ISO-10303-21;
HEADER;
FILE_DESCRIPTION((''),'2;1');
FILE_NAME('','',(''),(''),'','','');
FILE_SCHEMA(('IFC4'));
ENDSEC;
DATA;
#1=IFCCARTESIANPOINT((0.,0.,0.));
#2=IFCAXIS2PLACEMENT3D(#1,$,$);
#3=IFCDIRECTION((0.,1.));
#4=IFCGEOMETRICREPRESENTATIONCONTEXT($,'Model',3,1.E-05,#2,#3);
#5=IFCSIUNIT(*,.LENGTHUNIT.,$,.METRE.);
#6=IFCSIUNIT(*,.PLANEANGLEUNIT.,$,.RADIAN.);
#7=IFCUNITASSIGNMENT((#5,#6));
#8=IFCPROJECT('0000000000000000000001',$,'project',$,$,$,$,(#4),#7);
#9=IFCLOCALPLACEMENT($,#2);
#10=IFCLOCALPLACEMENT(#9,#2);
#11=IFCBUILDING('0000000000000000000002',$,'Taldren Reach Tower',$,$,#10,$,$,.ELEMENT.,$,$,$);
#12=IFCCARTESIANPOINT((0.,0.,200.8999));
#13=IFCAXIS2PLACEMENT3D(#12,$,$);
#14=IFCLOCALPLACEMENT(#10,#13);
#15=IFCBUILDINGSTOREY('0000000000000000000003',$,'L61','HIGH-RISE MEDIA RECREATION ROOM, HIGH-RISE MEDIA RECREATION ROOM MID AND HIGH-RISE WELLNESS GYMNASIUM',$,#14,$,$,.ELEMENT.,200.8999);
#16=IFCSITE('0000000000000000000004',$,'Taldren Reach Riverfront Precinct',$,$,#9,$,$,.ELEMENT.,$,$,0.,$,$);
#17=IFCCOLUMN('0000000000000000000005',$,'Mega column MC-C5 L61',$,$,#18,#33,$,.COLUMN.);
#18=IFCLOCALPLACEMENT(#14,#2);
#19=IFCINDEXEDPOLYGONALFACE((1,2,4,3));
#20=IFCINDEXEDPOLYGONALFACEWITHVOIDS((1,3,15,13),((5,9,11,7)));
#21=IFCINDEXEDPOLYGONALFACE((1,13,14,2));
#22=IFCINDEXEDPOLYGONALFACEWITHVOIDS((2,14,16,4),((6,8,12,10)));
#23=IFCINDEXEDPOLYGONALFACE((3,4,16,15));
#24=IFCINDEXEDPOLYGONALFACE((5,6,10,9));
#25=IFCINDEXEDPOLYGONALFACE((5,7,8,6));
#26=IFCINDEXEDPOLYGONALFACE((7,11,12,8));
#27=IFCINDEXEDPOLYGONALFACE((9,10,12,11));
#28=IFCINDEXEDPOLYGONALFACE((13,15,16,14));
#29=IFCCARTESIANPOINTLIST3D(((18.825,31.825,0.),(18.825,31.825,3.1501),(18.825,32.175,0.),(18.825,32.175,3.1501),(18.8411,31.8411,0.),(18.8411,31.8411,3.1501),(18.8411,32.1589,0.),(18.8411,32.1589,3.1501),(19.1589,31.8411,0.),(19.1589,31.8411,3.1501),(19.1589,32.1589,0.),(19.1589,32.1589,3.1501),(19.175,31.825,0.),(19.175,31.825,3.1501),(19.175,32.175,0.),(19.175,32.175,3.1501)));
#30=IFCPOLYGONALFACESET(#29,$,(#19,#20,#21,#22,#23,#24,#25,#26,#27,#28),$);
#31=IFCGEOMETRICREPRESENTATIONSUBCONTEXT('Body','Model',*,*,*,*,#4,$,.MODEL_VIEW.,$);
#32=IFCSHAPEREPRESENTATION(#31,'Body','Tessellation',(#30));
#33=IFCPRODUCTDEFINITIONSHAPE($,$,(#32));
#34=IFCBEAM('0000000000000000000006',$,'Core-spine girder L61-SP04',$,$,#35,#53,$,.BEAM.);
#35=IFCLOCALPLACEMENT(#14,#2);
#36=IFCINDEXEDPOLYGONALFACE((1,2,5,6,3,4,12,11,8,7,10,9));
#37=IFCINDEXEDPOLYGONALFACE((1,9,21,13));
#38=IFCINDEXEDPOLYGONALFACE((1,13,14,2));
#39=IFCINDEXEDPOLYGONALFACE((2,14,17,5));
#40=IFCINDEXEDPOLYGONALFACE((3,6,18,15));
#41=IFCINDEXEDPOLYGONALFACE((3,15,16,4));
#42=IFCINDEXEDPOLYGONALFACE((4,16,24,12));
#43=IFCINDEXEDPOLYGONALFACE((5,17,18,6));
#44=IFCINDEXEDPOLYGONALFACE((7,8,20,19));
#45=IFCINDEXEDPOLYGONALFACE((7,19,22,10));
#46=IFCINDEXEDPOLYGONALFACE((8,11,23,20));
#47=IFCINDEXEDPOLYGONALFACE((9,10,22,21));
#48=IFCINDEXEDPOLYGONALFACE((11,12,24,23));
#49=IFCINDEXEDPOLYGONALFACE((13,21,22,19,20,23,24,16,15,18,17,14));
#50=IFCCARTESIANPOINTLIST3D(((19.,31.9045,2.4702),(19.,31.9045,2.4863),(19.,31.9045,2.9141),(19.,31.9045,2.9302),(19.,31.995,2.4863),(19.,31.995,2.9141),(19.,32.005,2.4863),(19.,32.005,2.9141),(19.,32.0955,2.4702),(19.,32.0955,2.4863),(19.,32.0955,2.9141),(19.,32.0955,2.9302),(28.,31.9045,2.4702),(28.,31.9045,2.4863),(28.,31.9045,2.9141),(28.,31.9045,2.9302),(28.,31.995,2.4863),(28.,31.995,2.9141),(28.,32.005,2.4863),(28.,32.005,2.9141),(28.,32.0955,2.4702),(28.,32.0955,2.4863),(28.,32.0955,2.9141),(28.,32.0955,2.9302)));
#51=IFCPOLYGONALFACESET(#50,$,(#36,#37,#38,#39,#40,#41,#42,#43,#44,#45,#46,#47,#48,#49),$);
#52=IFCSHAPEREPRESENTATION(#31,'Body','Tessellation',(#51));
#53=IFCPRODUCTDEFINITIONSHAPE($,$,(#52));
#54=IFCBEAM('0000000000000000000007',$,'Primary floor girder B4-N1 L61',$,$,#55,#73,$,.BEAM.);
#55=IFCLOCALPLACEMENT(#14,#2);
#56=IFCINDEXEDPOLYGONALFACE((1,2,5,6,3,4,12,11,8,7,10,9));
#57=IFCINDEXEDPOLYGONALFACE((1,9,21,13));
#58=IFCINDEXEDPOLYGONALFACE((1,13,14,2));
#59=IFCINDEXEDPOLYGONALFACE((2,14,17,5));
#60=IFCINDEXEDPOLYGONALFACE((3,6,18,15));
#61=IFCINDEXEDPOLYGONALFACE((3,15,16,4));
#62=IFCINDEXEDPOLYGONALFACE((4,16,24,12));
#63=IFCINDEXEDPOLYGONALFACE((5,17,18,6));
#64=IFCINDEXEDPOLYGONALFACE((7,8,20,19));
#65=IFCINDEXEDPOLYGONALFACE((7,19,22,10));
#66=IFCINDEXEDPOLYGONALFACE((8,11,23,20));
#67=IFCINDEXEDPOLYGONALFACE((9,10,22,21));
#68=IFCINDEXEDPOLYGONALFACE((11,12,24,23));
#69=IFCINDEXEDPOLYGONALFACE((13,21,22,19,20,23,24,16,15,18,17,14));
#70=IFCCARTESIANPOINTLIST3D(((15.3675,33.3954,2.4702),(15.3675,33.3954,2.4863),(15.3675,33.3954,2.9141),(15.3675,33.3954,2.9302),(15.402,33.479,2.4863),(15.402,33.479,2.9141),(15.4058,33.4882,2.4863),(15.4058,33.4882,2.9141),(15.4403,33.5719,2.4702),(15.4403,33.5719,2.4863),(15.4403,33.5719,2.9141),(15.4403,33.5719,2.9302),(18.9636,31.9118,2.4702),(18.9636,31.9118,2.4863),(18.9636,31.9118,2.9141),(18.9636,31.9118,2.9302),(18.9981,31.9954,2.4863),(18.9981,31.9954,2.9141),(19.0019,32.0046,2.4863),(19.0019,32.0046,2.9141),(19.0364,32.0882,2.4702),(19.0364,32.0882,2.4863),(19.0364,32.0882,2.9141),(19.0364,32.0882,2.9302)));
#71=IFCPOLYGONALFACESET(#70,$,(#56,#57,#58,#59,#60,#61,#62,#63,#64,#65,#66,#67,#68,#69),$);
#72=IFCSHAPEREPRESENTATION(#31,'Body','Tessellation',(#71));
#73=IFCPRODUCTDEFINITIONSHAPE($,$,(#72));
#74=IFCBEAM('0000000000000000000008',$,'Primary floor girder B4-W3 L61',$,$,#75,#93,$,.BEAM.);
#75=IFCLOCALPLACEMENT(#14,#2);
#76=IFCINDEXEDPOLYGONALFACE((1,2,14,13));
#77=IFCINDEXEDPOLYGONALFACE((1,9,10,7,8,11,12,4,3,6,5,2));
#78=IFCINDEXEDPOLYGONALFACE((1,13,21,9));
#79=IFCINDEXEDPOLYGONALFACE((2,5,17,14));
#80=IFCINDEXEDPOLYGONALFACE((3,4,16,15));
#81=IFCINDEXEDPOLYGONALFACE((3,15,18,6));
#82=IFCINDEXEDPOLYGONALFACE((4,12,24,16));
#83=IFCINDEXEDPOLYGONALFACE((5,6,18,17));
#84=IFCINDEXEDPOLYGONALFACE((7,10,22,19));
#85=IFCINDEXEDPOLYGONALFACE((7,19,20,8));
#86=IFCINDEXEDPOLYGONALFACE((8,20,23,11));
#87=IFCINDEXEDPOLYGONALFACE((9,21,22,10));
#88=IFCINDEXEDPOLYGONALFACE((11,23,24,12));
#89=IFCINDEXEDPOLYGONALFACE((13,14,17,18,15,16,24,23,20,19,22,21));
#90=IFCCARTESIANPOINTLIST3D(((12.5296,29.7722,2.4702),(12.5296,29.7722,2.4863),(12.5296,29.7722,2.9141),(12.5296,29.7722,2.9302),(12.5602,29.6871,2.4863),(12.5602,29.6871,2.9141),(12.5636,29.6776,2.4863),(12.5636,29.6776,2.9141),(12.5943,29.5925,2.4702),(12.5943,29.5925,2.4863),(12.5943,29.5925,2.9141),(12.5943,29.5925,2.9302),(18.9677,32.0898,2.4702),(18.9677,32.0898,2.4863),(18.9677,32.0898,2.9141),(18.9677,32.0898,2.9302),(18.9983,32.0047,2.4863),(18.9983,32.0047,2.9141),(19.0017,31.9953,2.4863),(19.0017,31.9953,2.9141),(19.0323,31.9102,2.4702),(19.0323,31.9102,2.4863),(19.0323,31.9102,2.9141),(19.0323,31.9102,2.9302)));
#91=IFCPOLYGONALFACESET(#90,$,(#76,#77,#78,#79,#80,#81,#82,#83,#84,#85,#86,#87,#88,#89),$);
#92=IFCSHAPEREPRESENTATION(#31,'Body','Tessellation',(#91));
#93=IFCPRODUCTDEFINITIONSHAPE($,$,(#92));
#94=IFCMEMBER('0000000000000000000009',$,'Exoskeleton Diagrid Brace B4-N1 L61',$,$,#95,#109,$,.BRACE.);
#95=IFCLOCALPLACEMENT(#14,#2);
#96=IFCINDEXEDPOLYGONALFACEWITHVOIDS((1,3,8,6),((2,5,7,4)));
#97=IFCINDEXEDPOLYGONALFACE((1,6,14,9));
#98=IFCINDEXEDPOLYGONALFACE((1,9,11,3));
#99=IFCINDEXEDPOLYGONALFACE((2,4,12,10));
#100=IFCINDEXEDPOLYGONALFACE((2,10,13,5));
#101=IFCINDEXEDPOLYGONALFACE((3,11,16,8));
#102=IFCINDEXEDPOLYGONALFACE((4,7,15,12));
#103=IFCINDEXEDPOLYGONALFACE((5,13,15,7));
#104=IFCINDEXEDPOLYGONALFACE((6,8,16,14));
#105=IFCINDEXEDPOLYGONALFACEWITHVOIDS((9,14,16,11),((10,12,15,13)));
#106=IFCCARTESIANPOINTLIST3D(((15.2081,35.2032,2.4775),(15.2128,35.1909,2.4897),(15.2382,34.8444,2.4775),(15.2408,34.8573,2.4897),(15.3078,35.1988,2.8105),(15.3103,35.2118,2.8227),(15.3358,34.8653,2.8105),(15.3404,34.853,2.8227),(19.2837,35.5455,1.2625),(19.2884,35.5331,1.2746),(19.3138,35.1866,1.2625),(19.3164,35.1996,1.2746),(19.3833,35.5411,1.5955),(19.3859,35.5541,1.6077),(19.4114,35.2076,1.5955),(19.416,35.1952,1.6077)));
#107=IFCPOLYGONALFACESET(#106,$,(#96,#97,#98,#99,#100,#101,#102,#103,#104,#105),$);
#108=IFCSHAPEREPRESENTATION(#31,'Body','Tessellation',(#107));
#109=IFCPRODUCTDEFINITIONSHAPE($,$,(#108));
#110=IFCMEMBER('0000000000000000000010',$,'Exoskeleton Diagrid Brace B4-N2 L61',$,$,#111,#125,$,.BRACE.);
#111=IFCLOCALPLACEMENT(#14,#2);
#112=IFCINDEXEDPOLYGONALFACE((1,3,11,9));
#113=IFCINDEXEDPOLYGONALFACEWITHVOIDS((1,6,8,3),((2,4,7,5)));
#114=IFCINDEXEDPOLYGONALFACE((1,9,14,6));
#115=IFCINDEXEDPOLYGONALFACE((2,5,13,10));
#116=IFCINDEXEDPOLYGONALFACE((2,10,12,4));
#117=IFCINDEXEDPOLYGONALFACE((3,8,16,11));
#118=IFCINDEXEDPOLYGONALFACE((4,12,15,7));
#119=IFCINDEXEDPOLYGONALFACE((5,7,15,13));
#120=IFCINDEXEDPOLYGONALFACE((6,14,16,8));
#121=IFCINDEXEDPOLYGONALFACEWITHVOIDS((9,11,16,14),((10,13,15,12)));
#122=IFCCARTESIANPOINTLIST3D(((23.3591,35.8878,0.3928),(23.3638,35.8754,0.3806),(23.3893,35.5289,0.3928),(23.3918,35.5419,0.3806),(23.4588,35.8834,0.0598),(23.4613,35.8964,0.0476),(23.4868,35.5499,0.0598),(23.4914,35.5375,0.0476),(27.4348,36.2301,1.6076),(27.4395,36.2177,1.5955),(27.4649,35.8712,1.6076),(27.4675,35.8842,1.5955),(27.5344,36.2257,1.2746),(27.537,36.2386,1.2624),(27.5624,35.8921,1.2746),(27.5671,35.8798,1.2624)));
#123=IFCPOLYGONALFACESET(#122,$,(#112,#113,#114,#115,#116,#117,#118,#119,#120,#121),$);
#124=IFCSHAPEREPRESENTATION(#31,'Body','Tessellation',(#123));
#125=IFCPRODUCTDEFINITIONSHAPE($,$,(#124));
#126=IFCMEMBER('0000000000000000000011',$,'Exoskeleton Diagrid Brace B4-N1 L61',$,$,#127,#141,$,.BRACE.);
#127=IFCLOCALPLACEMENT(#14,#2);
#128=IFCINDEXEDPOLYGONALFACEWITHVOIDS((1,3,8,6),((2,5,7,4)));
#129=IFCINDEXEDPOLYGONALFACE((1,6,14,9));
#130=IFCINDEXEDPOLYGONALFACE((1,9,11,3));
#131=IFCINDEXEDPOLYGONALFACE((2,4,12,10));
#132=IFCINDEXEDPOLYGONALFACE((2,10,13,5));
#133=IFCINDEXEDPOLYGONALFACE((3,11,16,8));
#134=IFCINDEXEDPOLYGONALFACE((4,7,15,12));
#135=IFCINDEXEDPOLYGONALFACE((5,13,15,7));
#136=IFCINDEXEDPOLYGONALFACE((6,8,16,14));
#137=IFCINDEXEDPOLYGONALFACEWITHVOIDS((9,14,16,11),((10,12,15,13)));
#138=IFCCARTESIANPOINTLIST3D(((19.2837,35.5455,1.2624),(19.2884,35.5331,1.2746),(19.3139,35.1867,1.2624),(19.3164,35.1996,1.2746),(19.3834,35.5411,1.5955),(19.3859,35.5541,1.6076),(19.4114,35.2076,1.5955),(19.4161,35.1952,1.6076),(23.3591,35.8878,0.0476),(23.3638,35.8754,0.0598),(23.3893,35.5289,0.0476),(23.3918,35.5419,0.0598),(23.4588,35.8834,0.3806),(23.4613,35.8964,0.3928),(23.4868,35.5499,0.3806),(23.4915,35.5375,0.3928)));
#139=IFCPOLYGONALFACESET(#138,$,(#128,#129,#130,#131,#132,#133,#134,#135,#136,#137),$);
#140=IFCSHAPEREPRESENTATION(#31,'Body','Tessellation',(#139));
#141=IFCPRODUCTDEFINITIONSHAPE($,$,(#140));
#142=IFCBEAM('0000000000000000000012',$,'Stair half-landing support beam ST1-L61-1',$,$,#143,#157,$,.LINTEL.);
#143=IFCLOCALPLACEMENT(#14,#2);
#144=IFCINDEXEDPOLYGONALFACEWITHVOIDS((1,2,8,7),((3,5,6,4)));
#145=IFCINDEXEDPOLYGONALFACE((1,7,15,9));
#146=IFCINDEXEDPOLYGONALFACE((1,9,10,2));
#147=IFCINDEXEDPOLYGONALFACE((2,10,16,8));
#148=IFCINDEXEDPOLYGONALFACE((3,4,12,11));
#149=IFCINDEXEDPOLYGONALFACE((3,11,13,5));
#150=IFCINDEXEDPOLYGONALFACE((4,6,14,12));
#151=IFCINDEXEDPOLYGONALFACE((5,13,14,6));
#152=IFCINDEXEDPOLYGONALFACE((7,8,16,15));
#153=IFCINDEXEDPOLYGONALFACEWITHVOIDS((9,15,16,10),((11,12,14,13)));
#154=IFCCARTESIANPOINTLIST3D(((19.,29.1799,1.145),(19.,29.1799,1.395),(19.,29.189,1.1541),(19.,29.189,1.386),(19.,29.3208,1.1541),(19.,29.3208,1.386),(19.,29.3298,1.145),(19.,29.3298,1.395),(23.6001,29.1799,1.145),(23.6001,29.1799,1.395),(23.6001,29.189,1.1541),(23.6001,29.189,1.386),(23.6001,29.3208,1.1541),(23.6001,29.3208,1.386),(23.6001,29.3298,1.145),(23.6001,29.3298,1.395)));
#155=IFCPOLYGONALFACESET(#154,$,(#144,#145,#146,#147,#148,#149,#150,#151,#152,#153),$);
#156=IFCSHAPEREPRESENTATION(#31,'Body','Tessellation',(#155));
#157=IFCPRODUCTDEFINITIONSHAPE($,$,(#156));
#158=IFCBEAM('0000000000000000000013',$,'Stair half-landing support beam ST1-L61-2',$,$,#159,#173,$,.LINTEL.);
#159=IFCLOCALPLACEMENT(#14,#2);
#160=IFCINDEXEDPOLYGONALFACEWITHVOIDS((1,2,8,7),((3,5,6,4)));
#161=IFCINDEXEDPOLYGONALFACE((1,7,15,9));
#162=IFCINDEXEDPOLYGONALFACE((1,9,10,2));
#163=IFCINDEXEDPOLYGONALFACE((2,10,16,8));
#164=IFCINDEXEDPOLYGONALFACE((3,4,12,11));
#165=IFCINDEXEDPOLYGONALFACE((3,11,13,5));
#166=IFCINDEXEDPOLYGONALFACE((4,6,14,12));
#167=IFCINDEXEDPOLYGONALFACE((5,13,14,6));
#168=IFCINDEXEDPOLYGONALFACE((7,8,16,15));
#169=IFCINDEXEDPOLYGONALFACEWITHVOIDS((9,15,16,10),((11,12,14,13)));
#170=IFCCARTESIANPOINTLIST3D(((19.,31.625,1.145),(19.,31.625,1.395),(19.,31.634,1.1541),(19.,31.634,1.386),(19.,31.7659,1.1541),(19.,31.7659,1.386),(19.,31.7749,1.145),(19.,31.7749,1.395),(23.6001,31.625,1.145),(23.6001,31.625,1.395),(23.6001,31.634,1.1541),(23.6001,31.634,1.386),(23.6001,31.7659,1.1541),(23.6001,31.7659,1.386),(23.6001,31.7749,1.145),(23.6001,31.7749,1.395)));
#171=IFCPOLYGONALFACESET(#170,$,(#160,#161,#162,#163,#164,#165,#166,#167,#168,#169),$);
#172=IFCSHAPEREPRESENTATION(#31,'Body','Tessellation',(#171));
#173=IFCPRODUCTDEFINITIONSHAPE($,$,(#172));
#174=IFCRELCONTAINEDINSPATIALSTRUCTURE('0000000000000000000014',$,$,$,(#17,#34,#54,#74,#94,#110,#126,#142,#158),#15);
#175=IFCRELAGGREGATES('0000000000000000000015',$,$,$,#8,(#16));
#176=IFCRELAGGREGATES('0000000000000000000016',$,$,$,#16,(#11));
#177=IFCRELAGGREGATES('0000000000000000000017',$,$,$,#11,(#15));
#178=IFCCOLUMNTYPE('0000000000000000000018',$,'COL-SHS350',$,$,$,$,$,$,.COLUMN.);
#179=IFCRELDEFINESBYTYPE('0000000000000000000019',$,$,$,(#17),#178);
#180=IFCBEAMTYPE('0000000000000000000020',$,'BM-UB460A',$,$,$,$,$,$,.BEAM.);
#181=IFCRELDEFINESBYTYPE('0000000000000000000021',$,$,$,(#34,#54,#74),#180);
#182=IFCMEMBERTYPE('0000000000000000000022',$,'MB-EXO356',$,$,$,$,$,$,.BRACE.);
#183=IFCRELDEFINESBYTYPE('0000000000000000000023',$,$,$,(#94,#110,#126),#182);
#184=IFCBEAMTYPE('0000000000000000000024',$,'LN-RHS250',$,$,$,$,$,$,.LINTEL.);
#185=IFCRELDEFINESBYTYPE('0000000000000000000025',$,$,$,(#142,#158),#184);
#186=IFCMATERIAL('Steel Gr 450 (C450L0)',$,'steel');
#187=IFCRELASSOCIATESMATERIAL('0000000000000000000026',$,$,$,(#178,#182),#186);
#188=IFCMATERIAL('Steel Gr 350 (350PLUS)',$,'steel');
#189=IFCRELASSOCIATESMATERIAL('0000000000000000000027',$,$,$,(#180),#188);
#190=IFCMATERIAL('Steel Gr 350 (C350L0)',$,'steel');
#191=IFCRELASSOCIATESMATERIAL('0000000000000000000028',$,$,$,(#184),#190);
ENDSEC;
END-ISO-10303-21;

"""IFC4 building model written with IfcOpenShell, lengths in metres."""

from ifc_helpers import new_model, si_unit, direction, frame, origin, origin_2d, place, context, subcontext, project, spatial, hollow_rectangle, i_section, extrude, source, transform, mapped, material, material_profile, profile_set, type_object, element, save


model = new_model("IFC4")

# Units and contexts
model_context = context("Model", 3, precision=1e-05, world=origin(), true_north=direction((0.0, 1.0)))
body_context = subcontext(model_context, "Body", "Model", "MODEL_VIEW")
ifc_project = project(units=[si_unit("LENGTHUNIT", "METRE"), si_unit("PLANEANGLEUNIT", "RADIAN")], contexts=[model_context])

# Site, building, storey
site_placement = place(None, origin())
site = spatial("IfcSite", under=ifc_project, at=site_placement, Name="Taldren Reach Riverfront Precinct", CompositionType="ELEMENT", RefElevation=0.0)
building_placement = place(site_placement, origin())
building = spatial("IfcBuilding", under=site, at=building_placement, Name="Taldren Reach Tower", CompositionType="ELEMENT")
storey_placement = place(building_placement, frame((0.0, 0.0, 200.8999)))
storey = spatial("IfcBuildingStorey", under=building, at=storey_placement, Name="L61", Description="HIGH-RISE MEDIA RECREATION ROOM, HIGH-RISE MEDIA RECREATION ROOM MID AND HIGH-RISE WELLNESS GYMNASIUM", CompositionType="ELEMENT", Elevation=200.8999)

# Column
ifc_material_1 = material(Name="Steel Gr 450 (C450L0)", Category="steel")
ifc_material_profile_1 = material_profile(ifc_material_1, hollow_rectangle(XDim=0.3501, YDim=0.3501, WallThickness=0.0161, at=origin_2d()), Name="350x350x16.0SHS")
ifc_profile_set_1 = profile_set([ifc_material_profile_1], Name="Steel Gr 450 (C450L0)")
column_type = type_object("IfcColumnType", Name="COL-SHS350", PredefinedType="COLUMN", material=ifc_profile_set_1)
shared_shape_1 = source(origin(), body_context, "Body", "SweptSolid", [
    extrude(hollow_rectangle(XDim=0.3501, YDim=0.3501, WallThickness=0.0161, at=origin_2d()), origin(), (0.0, 0.0, 1.0), 3.1501),
])
column_placement = place(storey_placement, frame((19.0, 32.0, 0.0), z_axis=(0.0, 0.0, 1.0), x_axis=(1.0, 0.0, 0.0)))
element("IfcColumn", 1, at=column_placement, inside=storey, type_object=column_type, Name="Mega column MC-C5 L61", PredefinedType="COLUMN", context=body_context, shape_type="MappedRepresentation", body=[
    mapped(shared_shape_1, transform((0.0, 0.0, 0.0), scale=1.0)),
])

# Beams
ifc_material_2 = material(Name="Steel Gr 350 (350PLUS)", Category="steel")
ifc_material_profile_2 = material_profile(ifc_material_2, i_section(OverallWidth=0.1909, OverallDepth=0.46, WebThickness=0.01, FlangeThickness=0.0161, at=origin_2d()), Name="460UB82.1")
ifc_profile_set_2 = profile_set([ifc_material_profile_2], Name="Steel Gr 350 (350PLUS)")
beam_type_1 = type_object("IfcBeamType", Name="BM-UB460A", PredefinedType="BEAM", material=ifc_profile_set_2)
shared_shape_2 = source(origin(), body_context, "Body", "SweptSolid", [
    extrude(i_section(OverallWidth=0.1909, OverallDepth=0.46, WebThickness=0.01, FlangeThickness=0.0161, at=origin_2d()), origin(), (0.0, 0.0, 1.0), 9.0),
])
beam_1_placement = place(storey_placement, frame((19.0, 32.0, 2.7002), z_axis=(1.0, 0.0, 0.0), x_axis=(0.0, 1.0, 0.0)))
element("IfcBeam", 2, at=beam_1_placement, inside=storey, type_object=beam_type_1, Name="Core-spine girder L61-SP04", PredefinedType="BEAM", context=body_context, shape_type="MappedRepresentation", body=[
    mapped(shared_shape_2, transform((0.0, 0.0, 0.0), scale=1.0)),
])
shared_shape_3 = source(origin(), body_context, "Body", "SweptSolid", [
    extrude(i_section(OverallWidth=0.1909, OverallDepth=0.46, WebThickness=0.01, FlangeThickness=0.0161, at=origin_2d()), origin(), (0.0, 0.0, 1.0), 3.8901),
])
beam_2_placement = place(storey_placement, frame((19.0, 32.0, 2.7002), z_axis=(-0.924419, 0.381378, 0.0), x_axis=(-0.381378, -0.924419, 0.0)))
element("IfcBeam", 3, at=beam_2_placement, inside=storey, type_object=beam_type_1, Name="Primary floor girder B4-N1 L61", PredefinedType="BEAM", context=body_context, shape_type="MappedRepresentation", body=[
    mapped(shared_shape_3, transform((0.0, 0.0, 0.0), scale=1.0)),
])
shared_shape_4 = source(origin(), body_context, "Body", "SweptSolid", [
    extrude(i_section(OverallWidth=0.1909, OverallDepth=0.46, WebThickness=0.01, FlangeThickness=0.0161, at=origin_2d()), origin(), (0.0, 0.0, 1.0), 6.8425),
])
beam_3_placement = place(storey_placement, frame((19.0, 32.0, 2.7002), z_axis=(-0.94089, -0.338713, 0.0), x_axis=(0.338713, -0.94089, 0.0)))
element("IfcBeam", 4, at=beam_3_placement, inside=storey, type_object=beam_type_1, Name="Primary floor girder B4-W3 L61", PredefinedType="BEAM", context=body_context, shape_type="MappedRepresentation", body=[
    mapped(shared_shape_4, transform((0.0, 0.0, 0.0), scale=1.0)),
])

# Members
ifc_material_profile_3 = material_profile(ifc_material_1, hollow_rectangle(XDim=0.3601, YDim=0.3601, WallThickness=0.0127, at=origin_2d()), Name="360x360x12.7SHS")
ifc_profile_set_3 = profile_set([ifc_material_profile_3], Name="Steel Gr 450 (C450L0)")
member_type = type_object("IfcMemberType", Name="MB-EXO356", PredefinedType="BRACE", material=ifc_profile_set_3)
shared_shape_5 = source(origin(), body_context, "Body", "SweptSolid", [
    extrude(hollow_rectangle(XDim=0.3601, YDim=0.3601, WallThickness=0.0127, at=origin_2d()), origin(), (0.0, 0.0, 1.0), 4.2666),
])
for number, where, z_axis, x_axis, name in (
    (5, (19.3499, 35.3704, 1.4351), (-0.955229, -0.080222, 0.284783), (0.083688, -0.996492, 0.0), "Exoskeleton Diagrid Brace B4-N1 L61"),
    (6, (23.4253, 35.7126, 0.2202), (0.955245, 0.080224, 0.284731), (-0.083688, 0.996492, 0.0), "Exoskeleton Diagrid Brace B4-N2 L61"),
):
    element("IfcMember", number, at=place(storey_placement, frame(where, z_axis=z_axis, x_axis=x_axis)), inside=storey, type_object=member_type, Name=name, PredefinedType="BRACE", context=body_context, shape_type="MappedRepresentation", body=[
        mapped(shared_shape_5, transform((0.0, 0.0, 0.0), scale=1.0)),
    ])
shared_shape_6 = source(origin(), body_context, "Body", "SweptSolid", [
    extrude(hollow_rectangle(XDim=0.3601, YDim=0.3601, WallThickness=0.0127, at=origin_2d()), origin(), (0.0, 0.0, 1.0), 4.2664),
])
member_placement = place(storey_placement, frame((23.4253, 35.7126, 0.2202), z_axis=(-0.95524, -0.080228, 0.284746), x_axis=(0.083693, -0.996492, 0.0)))
element("IfcMember", 7, at=member_placement, inside=storey, type_object=member_type, Name="Exoskeleton Diagrid Brace B4-N1 L61", PredefinedType="BRACE", context=body_context, shape_type="MappedRepresentation", body=[
    mapped(shared_shape_6, transform((0.0, 0.0, 0.0), scale=1.0)),
])

# Beams
ifc_material_3 = material(Name="Steel Gr 350 (C350L0)", Category="steel")
ifc_material_profile_4 = material_profile(ifc_material_3, hollow_rectangle(XDim=0.1499, YDim=0.25, WallThickness=0.009, at=origin_2d()), Name="250x150x9.0RHS")
ifc_profile_set_4 = profile_set([ifc_material_profile_4], Name="Steel Gr 350 (C350L0)")
beam_type_2 = type_object("IfcBeamType", Name="LN-RHS250", PredefinedType="LINTEL", material=ifc_profile_set_4)
shared_shape_7 = source(origin(), body_context, "Body", "SweptSolid", [
    extrude(hollow_rectangle(XDim=0.1499, YDim=0.25, WallThickness=0.009, at=origin_2d()), origin(), (0.0, 0.0, 1.0), 4.6001),
])
for number, where, z_axis, x_axis, name in (
    (8, (19.0, 29.2549, 1.27), (1.0, 0.0, 0.0), (0.0, 1.0, 0.0), "Stair half-landing support beam ST1-L61-1"),
    (9, (19.0, 31.7, 1.27), (1.0, 0.0, 0.0), (0.0, 1.0, 0.0), "Stair half-landing support beam ST1-L61-2"),
):
    element("IfcBeam", number, at=place(storey_placement, frame(where, z_axis=z_axis, x_axis=x_axis)), inside=storey, type_object=beam_type_2, Name=name, PredefinedType="LINTEL", context=body_context, shape_type="MappedRepresentation", body=[
        mapped(shared_shape_7, transform((0.0, 0.0, 0.0), scale=1.0)),
    ])

save(model, "model.ifc")
